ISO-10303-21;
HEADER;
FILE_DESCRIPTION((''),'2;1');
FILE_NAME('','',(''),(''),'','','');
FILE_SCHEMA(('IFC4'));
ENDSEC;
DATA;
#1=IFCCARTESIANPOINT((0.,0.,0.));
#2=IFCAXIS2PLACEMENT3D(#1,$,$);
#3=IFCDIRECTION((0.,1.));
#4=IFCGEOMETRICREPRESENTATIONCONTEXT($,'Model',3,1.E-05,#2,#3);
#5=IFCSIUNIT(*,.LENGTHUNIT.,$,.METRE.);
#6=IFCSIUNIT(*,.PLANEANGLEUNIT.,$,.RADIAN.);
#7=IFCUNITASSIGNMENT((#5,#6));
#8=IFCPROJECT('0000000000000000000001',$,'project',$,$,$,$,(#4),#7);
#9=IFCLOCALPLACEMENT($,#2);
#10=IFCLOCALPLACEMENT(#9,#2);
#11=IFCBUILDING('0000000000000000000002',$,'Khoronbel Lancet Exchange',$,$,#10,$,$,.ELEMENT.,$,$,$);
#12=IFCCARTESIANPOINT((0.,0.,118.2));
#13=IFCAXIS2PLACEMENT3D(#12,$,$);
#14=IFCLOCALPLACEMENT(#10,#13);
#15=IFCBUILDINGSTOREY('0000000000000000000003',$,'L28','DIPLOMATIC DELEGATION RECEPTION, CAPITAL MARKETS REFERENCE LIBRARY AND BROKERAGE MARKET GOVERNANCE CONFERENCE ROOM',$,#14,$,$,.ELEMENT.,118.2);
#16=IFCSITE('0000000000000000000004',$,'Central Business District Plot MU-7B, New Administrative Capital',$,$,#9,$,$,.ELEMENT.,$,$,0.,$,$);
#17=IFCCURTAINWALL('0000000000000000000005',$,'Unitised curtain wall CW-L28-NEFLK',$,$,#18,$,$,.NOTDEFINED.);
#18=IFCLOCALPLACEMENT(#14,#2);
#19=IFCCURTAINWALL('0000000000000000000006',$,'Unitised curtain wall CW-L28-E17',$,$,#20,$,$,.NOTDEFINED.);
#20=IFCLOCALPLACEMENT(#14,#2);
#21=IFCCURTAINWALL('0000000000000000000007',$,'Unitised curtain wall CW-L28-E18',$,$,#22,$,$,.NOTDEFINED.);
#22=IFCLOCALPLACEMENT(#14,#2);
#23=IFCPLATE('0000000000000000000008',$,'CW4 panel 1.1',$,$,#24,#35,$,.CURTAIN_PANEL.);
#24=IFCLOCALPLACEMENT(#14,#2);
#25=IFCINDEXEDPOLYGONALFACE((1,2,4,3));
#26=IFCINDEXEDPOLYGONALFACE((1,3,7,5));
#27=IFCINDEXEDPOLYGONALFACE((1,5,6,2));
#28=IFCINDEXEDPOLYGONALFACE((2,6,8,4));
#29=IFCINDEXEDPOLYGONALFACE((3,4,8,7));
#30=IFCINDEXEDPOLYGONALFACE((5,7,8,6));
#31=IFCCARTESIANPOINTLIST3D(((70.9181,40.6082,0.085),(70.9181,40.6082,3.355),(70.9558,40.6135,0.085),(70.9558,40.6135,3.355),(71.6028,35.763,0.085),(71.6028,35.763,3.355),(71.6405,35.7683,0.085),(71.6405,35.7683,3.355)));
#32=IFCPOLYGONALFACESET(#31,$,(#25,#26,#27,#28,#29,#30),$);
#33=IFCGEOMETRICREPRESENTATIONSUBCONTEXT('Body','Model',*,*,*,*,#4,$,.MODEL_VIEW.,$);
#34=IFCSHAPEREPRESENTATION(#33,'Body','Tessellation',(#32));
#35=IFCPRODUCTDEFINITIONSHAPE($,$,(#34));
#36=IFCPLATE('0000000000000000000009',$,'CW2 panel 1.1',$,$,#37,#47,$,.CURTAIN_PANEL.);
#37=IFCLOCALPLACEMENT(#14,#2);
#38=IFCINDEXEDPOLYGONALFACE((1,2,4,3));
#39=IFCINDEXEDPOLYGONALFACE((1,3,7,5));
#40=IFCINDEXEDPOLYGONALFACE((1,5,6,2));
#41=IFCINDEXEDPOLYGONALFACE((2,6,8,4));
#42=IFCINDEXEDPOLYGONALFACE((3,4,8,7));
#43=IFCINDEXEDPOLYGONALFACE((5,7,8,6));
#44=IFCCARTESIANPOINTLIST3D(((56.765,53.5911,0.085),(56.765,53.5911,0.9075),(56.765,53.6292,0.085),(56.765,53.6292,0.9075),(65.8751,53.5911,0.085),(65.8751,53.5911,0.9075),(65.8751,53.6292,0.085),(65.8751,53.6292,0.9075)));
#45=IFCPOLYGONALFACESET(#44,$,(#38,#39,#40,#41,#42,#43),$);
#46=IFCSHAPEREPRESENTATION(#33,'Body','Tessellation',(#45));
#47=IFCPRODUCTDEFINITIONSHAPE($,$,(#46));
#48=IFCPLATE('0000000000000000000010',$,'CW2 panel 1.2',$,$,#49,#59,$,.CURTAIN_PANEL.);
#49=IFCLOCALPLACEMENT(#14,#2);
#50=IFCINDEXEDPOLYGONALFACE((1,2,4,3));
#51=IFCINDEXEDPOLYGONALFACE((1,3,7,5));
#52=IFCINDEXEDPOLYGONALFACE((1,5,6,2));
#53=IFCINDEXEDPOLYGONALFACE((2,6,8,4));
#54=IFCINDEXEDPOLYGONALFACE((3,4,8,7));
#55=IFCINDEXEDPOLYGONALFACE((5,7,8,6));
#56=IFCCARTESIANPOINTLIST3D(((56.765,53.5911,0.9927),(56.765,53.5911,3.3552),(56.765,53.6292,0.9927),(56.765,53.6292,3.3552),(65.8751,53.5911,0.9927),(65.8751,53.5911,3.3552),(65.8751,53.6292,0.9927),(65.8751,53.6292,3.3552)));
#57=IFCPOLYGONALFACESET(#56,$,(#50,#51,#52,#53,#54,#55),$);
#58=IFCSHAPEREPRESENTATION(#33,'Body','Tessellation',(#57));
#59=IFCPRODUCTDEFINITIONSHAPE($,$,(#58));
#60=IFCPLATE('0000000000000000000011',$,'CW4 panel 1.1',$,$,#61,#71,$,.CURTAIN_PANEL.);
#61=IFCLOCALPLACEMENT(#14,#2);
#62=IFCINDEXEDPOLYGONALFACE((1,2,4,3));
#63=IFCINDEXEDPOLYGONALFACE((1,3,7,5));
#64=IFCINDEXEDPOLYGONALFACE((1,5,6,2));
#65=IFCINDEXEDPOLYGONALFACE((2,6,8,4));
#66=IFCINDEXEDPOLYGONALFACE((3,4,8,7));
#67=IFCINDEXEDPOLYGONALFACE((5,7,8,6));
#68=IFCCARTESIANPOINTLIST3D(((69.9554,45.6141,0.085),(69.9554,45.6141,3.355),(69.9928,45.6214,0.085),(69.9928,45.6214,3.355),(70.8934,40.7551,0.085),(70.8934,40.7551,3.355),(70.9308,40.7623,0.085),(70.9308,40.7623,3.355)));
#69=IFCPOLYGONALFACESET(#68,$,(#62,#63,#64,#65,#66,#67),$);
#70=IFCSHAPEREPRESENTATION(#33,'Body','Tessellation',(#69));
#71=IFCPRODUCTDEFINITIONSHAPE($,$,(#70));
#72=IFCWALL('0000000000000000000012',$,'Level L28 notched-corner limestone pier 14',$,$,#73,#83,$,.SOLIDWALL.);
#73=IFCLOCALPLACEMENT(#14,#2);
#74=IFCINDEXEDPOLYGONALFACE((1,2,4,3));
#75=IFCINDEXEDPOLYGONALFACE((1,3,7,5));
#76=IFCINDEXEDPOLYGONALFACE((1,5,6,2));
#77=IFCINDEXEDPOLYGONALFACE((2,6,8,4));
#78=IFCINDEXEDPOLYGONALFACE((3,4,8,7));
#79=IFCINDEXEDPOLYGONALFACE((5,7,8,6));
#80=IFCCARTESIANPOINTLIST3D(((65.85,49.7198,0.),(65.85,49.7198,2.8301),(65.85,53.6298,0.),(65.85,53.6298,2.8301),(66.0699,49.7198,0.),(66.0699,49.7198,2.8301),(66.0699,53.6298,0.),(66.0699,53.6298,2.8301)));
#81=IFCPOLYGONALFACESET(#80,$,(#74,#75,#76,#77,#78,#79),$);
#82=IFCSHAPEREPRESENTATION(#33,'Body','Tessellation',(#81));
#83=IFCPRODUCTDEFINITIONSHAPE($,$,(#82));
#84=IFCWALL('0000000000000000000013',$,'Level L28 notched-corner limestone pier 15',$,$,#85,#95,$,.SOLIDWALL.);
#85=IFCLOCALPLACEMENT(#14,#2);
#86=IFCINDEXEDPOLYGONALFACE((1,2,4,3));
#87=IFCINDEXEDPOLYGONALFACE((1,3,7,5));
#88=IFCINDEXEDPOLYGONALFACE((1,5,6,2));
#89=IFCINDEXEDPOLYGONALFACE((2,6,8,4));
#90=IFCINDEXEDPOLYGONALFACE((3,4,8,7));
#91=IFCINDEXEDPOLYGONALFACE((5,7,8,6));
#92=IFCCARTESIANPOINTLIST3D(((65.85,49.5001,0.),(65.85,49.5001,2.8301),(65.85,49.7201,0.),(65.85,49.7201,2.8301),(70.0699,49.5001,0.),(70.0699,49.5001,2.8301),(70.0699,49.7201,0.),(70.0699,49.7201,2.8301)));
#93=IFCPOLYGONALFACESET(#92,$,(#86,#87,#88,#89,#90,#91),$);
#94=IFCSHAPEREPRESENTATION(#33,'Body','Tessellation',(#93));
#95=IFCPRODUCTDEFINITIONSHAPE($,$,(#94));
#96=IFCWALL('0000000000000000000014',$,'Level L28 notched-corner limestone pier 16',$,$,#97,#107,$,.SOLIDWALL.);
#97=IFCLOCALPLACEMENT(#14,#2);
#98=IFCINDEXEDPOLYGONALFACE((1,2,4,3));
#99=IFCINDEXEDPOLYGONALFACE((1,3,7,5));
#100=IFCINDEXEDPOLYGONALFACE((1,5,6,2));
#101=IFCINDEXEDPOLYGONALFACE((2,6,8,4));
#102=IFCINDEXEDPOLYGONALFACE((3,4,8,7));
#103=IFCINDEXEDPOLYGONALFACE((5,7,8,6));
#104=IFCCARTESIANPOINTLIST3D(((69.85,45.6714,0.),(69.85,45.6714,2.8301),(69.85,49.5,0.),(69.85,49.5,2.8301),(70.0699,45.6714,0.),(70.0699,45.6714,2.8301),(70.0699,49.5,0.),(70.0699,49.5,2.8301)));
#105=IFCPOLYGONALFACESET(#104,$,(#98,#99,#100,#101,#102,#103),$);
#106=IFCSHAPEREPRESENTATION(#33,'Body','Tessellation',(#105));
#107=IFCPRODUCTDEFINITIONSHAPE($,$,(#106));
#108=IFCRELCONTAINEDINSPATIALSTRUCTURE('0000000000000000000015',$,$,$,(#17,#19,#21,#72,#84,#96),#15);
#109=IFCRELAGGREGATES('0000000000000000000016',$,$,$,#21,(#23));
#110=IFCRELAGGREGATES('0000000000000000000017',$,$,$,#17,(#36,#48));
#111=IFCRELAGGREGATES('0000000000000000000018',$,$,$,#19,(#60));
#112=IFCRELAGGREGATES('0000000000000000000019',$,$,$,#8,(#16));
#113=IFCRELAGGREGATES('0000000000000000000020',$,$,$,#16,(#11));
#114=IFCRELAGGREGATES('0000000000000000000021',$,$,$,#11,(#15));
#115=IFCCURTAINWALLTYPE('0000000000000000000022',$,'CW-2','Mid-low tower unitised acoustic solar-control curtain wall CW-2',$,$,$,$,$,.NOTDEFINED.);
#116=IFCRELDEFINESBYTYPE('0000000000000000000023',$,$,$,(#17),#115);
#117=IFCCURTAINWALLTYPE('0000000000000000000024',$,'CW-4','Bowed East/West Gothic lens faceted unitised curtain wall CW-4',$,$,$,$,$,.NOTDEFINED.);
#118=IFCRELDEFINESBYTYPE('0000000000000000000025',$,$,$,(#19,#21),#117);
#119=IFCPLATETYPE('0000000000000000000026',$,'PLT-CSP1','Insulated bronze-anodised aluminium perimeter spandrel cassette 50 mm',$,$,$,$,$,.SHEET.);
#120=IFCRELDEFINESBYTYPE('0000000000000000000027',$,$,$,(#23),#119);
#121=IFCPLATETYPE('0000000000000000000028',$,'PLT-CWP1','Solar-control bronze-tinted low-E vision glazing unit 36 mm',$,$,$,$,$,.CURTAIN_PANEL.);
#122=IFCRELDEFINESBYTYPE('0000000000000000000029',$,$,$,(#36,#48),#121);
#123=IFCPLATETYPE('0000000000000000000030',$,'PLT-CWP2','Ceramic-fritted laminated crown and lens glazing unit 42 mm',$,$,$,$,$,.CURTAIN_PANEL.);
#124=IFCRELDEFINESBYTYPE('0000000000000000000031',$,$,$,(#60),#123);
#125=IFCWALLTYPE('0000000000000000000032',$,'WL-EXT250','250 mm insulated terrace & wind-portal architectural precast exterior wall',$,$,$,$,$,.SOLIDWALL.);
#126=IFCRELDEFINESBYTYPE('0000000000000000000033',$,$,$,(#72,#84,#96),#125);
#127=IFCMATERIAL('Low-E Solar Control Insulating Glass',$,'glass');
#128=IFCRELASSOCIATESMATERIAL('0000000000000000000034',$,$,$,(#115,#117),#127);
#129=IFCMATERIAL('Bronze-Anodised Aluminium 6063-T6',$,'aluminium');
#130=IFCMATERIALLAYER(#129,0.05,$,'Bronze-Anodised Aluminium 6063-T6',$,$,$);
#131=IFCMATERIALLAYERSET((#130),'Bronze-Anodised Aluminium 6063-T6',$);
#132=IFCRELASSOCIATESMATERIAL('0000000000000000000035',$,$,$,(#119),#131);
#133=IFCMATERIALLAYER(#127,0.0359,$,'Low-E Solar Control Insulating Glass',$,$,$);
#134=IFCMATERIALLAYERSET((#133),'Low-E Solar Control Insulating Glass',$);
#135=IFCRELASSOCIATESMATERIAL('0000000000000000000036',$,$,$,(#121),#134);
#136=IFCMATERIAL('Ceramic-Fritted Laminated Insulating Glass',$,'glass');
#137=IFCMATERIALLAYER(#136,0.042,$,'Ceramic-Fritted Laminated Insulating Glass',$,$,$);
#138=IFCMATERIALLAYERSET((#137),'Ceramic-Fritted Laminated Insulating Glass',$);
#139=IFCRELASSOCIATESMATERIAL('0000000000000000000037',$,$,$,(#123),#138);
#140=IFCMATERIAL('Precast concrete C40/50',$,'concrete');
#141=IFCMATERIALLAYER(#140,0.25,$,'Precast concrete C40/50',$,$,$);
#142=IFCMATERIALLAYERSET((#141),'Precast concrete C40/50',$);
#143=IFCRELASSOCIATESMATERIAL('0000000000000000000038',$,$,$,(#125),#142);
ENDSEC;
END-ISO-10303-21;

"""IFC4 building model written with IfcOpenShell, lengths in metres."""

from ifc_helpers import new_model, si_unit, direction, frame, frame_2d, origin, origin_2d, place, context, subcontext, project, spatial, rectangle, extrude, material, layer, layer_set, type_object, element, aggregate, save


model = new_model("IFC4")

# Units and contexts
model_context = context("Model", 3, precision=1e-05, world=origin(), true_north=direction((0.0, 1.0)))
body_context = subcontext(model_context, "Body", "Model", "MODEL_VIEW")
ifc_project = project(units=[si_unit("LENGTHUNIT", "METRE"), si_unit("PLANEANGLEUNIT", "RADIAN")], contexts=[model_context])

# Site, building, storey
site_placement = place(None, origin())
site = spatial("IfcSite", under=ifc_project, at=site_placement, Name="Central Business District Plot MU-7B, New Administrative Capital", CompositionType="ELEMENT", RefElevation=0.0)
building_placement = place(site_placement, origin())
building = spatial("IfcBuilding", under=site, at=building_placement, Name="Khoronbel Lancet Exchange", CompositionType="ELEMENT")
storey_placement = place(building_placement, frame((0.0, 0.0, 118.2)))
storey = spatial("IfcBuildingStorey", under=building, at=storey_placement, Name="L28", Description="DIPLOMATIC DELEGATION RECEPTION, CAPITAL MARKETS REFERENCE LIBRARY AND BROKERAGE MARKET GOVERNANCE CONFERENCE ROOM", CompositionType="ELEMENT", Elevation=118.2)

# Curtain wall
ifc_material_1 = material(Name="Low-E Solar Control Insulating Glass", Category="glass")
curtain_wall_type_1 = type_object("IfcCurtainWallType", Name="CW-2", Description="Mid-low tower unitised acoustic solar-control curtain wall CW-2", PredefinedType="NOTDEFINED", material=ifc_material_1)
curtain_wall_1_placement = place(storey_placement, origin())
curtain_wall_1 = element("IfcCurtainWall", 1, at=curtain_wall_1_placement, inside=storey, type_object=curtain_wall_type_1, Name="Unitised curtain wall CW-L28-NEFLK", PredefinedType="NOTDEFINED")
ifc_material_2 = material(Name="Bronze-Anodised Aluminium 6063-T6", Category="aluminium")

# Curtain walls
curtain_wall_type_2 = type_object("IfcCurtainWallType", Name="CW-4", Description="Bowed East/West Gothic lens faceted unitised curtain wall CW-4", PredefinedType="NOTDEFINED", material=ifc_material_1)
curtain_wall_2_placement = place(storey_placement, origin())
curtain_wall_2 = element("IfcCurtainWall", 2, at=curtain_wall_2_placement, inside=storey, type_object=curtain_wall_type_2, Name="Unitised curtain wall CW-L28-E17", PredefinedType="NOTDEFINED")
curtain_wall_3_placement = place(storey_placement, origin())
curtain_wall_3 = element("IfcCurtainWall", 3, at=curtain_wall_3_placement, inside=storey, type_object=curtain_wall_type_2, Name="Unitised curtain wall CW-L28-E18", PredefinedType="NOTDEFINED")

# Plates
ifc_layer_1 = layer(ifc_material_2, 0.05, Name="Bronze-Anodised Aluminium 6063-T6")
ifc_layer_set_1 = layer_set([ifc_layer_1], Name="Bronze-Anodised Aluminium 6063-T6")
plate_type_1 = type_object("IfcPlateType", Name="PLT-CSP1", Description="Insulated bronze-anodised aluminium perimeter spandrel cassette 50 mm", PredefinedType="SHEET", material=ifc_layer_set_1)
plate_1_placement = place(storey_placement, frame((71.2793, 38.1882, 0.085), z_axis=(0.0, 0.0, 1.0), x_axis=(0.139925, -0.990162, 0.0)))
plate_1 = element("IfcPlate", 4, at=plate_1_placement, type_object=plate_type_1, Name="CW4 panel 1.1", PredefinedType="CURTAIN_PANEL", context=body_context, shape_type="SweptSolid", body=[
    extrude(rectangle(XDim=4.8933, YDim=0.0381, at=origin_2d()), origin(), (0.0, 0.0, 1.0), 3.27),
])
aggregate(curtain_wall_3, [plate_1])
ifc_layer_2 = layer(ifc_material_1, 0.0359, Name="Low-E Solar Control Insulating Glass")
ifc_layer_set_2 = layer_set([ifc_layer_2], Name="Low-E Solar Control Insulating Glass")
plate_type_2 = type_object("IfcPlateType", Name="PLT-CWP1", Description="Solar-control bronze-tinted low-E vision glazing unit 36 mm", PredefinedType="CURTAIN_PANEL", material=ifc_layer_set_2)
plate_2_placement = place(storey_placement, frame((61.3201, 53.6101, 0.085), z_axis=(0.0, 0.0, 1.0), x_axis=(-1.0, 0.0, 0.0)))
plate_2 = element("IfcPlate", 5, at=plate_2_placement, type_object=plate_type_2, Name="CW2 panel 1.1", PredefinedType="CURTAIN_PANEL", context=body_context, shape_type="SweptSolid", body=[
    extrude(rectangle(XDim=9.1101, YDim=0.0381, at=origin_2d()), origin(), (0.0, 0.0, 1.0), 0.8225),
])
plate_3_placement = place(storey_placement, frame((61.3201, 53.6101, 0.9927), z_axis=(0.0, 0.0, 1.0), x_axis=(-1.0, 0.0, 0.0)))
plate_3 = element("IfcPlate", 6, at=plate_3_placement, type_object=plate_type_2, Name="CW2 panel 1.2", PredefinedType="CURTAIN_PANEL", context=body_context, shape_type="SweptSolid", body=[
    extrude(rectangle(XDim=9.1101, YDim=0.0381, at=origin_2d()), origin(), (0.0, 0.0, 1.0), 2.3625),
])
aggregate(curtain_wall_1, [plate_2, plate_3])
ifc_material_3 = material(Name="Ceramic-Fritted Laminated Insulating Glass", Category="glass")
ifc_layer_3 = layer(ifc_material_3, 0.042, Name="Ceramic-Fritted Laminated Insulating Glass")
ifc_layer_set_3 = layer_set([ifc_layer_3], Name="Ceramic-Fritted Laminated Insulating Glass")
plate_type_3 = type_object("IfcPlateType", Name="PLT-CWP2", Description="Ceramic-fritted laminated crown and lens glazing unit 42 mm", PredefinedType="CURTAIN_PANEL", material=ifc_layer_set_3)
plate_4_placement = place(storey_placement, frame((70.4431, 43.1882, 0.085), z_axis=(0.0, 0.0, 1.0), x_axis=(0.189541, -0.981873, 0.0)))
plate_4 = element("IfcPlate", 7, at=plate_4_placement, type_object=plate_type_3, Name="CW4 panel 1.1", PredefinedType="CURTAIN_PANEL", context=body_context, shape_type="SweptSolid", body=[
    extrude(rectangle(XDim=4.9487, YDim=0.0381, at=origin_2d()), origin(), (0.0, 0.0, 1.0), 3.27),
])
aggregate(curtain_wall_2, [plate_4])

# Walls
ifc_material_4 = material(Name="Precast concrete C40/50", Category="concrete")
ifc_layer_4 = layer(ifc_material_4, 0.25, Name="Precast concrete C40/50")
ifc_layer_set_4 = layer_set([ifc_layer_4], Name="Precast concrete C40/50")
wall_type = type_object("IfcWallType", Name="WL-EXT250", Description="250 mm insulated terrace & wind-portal architectural precast exterior wall", PredefinedType="SOLIDWALL", material=ifc_layer_set_4)
wall_1_placement = place(storey_placement, frame((65.96, 53.6299, 0.0), z_axis=(0.0, 0.0, 1.0), x_axis=(0.0, -1.0, 0.0)))
element("IfcWall", 8, at=wall_1_placement, inside=storey, type_object=wall_type, Name="Level L28 notched-corner limestone pier 14", PredefinedType="SOLIDWALL", context=body_context, shape_type="SweptSolid", body=[
    extrude(rectangle(XDim=3.9099, YDim=0.22, at=frame_2d((1.9551, 0.0))), origin(), (0.0, 0.0, 1.0), 2.8301),
])
wall_2_placement = place(storey_placement, frame((65.8501, 49.6101, 0.0), z_axis=(0.0, 0.0, 1.0), x_axis=(1.0, 0.0, 0.0)))
element("IfcWall", 9, at=wall_2_placement, inside=storey, type_object=wall_type, Name="Level L28 notched-corner limestone pier 15", PredefinedType="SOLIDWALL", context=body_context, shape_type="SweptSolid", body=[
    extrude(rectangle(XDim=4.22, YDim=0.22, at=frame_2d((2.1099, 0.0))), origin(), (0.0, 0.0, 1.0), 2.8301),
])
wall_3_placement = place(storey_placement, frame((69.96, 49.5, 0.0), z_axis=(0.0, 0.0, 1.0), x_axis=(0.0, -1.0, 0.0)))
element("IfcWall", 10, at=wall_3_placement, inside=storey, type_object=wall_type, Name="Level L28 notched-corner limestone pier 16", PredefinedType="SOLIDWALL", context=body_context, shape_type="SweptSolid", body=[
    extrude(rectangle(XDim=3.8286, YDim=0.22, at=frame_2d((1.9143, 0.0))), origin(), (0.0, 0.0, 1.0), 2.8301),
])

save(model, "model.ifc")
